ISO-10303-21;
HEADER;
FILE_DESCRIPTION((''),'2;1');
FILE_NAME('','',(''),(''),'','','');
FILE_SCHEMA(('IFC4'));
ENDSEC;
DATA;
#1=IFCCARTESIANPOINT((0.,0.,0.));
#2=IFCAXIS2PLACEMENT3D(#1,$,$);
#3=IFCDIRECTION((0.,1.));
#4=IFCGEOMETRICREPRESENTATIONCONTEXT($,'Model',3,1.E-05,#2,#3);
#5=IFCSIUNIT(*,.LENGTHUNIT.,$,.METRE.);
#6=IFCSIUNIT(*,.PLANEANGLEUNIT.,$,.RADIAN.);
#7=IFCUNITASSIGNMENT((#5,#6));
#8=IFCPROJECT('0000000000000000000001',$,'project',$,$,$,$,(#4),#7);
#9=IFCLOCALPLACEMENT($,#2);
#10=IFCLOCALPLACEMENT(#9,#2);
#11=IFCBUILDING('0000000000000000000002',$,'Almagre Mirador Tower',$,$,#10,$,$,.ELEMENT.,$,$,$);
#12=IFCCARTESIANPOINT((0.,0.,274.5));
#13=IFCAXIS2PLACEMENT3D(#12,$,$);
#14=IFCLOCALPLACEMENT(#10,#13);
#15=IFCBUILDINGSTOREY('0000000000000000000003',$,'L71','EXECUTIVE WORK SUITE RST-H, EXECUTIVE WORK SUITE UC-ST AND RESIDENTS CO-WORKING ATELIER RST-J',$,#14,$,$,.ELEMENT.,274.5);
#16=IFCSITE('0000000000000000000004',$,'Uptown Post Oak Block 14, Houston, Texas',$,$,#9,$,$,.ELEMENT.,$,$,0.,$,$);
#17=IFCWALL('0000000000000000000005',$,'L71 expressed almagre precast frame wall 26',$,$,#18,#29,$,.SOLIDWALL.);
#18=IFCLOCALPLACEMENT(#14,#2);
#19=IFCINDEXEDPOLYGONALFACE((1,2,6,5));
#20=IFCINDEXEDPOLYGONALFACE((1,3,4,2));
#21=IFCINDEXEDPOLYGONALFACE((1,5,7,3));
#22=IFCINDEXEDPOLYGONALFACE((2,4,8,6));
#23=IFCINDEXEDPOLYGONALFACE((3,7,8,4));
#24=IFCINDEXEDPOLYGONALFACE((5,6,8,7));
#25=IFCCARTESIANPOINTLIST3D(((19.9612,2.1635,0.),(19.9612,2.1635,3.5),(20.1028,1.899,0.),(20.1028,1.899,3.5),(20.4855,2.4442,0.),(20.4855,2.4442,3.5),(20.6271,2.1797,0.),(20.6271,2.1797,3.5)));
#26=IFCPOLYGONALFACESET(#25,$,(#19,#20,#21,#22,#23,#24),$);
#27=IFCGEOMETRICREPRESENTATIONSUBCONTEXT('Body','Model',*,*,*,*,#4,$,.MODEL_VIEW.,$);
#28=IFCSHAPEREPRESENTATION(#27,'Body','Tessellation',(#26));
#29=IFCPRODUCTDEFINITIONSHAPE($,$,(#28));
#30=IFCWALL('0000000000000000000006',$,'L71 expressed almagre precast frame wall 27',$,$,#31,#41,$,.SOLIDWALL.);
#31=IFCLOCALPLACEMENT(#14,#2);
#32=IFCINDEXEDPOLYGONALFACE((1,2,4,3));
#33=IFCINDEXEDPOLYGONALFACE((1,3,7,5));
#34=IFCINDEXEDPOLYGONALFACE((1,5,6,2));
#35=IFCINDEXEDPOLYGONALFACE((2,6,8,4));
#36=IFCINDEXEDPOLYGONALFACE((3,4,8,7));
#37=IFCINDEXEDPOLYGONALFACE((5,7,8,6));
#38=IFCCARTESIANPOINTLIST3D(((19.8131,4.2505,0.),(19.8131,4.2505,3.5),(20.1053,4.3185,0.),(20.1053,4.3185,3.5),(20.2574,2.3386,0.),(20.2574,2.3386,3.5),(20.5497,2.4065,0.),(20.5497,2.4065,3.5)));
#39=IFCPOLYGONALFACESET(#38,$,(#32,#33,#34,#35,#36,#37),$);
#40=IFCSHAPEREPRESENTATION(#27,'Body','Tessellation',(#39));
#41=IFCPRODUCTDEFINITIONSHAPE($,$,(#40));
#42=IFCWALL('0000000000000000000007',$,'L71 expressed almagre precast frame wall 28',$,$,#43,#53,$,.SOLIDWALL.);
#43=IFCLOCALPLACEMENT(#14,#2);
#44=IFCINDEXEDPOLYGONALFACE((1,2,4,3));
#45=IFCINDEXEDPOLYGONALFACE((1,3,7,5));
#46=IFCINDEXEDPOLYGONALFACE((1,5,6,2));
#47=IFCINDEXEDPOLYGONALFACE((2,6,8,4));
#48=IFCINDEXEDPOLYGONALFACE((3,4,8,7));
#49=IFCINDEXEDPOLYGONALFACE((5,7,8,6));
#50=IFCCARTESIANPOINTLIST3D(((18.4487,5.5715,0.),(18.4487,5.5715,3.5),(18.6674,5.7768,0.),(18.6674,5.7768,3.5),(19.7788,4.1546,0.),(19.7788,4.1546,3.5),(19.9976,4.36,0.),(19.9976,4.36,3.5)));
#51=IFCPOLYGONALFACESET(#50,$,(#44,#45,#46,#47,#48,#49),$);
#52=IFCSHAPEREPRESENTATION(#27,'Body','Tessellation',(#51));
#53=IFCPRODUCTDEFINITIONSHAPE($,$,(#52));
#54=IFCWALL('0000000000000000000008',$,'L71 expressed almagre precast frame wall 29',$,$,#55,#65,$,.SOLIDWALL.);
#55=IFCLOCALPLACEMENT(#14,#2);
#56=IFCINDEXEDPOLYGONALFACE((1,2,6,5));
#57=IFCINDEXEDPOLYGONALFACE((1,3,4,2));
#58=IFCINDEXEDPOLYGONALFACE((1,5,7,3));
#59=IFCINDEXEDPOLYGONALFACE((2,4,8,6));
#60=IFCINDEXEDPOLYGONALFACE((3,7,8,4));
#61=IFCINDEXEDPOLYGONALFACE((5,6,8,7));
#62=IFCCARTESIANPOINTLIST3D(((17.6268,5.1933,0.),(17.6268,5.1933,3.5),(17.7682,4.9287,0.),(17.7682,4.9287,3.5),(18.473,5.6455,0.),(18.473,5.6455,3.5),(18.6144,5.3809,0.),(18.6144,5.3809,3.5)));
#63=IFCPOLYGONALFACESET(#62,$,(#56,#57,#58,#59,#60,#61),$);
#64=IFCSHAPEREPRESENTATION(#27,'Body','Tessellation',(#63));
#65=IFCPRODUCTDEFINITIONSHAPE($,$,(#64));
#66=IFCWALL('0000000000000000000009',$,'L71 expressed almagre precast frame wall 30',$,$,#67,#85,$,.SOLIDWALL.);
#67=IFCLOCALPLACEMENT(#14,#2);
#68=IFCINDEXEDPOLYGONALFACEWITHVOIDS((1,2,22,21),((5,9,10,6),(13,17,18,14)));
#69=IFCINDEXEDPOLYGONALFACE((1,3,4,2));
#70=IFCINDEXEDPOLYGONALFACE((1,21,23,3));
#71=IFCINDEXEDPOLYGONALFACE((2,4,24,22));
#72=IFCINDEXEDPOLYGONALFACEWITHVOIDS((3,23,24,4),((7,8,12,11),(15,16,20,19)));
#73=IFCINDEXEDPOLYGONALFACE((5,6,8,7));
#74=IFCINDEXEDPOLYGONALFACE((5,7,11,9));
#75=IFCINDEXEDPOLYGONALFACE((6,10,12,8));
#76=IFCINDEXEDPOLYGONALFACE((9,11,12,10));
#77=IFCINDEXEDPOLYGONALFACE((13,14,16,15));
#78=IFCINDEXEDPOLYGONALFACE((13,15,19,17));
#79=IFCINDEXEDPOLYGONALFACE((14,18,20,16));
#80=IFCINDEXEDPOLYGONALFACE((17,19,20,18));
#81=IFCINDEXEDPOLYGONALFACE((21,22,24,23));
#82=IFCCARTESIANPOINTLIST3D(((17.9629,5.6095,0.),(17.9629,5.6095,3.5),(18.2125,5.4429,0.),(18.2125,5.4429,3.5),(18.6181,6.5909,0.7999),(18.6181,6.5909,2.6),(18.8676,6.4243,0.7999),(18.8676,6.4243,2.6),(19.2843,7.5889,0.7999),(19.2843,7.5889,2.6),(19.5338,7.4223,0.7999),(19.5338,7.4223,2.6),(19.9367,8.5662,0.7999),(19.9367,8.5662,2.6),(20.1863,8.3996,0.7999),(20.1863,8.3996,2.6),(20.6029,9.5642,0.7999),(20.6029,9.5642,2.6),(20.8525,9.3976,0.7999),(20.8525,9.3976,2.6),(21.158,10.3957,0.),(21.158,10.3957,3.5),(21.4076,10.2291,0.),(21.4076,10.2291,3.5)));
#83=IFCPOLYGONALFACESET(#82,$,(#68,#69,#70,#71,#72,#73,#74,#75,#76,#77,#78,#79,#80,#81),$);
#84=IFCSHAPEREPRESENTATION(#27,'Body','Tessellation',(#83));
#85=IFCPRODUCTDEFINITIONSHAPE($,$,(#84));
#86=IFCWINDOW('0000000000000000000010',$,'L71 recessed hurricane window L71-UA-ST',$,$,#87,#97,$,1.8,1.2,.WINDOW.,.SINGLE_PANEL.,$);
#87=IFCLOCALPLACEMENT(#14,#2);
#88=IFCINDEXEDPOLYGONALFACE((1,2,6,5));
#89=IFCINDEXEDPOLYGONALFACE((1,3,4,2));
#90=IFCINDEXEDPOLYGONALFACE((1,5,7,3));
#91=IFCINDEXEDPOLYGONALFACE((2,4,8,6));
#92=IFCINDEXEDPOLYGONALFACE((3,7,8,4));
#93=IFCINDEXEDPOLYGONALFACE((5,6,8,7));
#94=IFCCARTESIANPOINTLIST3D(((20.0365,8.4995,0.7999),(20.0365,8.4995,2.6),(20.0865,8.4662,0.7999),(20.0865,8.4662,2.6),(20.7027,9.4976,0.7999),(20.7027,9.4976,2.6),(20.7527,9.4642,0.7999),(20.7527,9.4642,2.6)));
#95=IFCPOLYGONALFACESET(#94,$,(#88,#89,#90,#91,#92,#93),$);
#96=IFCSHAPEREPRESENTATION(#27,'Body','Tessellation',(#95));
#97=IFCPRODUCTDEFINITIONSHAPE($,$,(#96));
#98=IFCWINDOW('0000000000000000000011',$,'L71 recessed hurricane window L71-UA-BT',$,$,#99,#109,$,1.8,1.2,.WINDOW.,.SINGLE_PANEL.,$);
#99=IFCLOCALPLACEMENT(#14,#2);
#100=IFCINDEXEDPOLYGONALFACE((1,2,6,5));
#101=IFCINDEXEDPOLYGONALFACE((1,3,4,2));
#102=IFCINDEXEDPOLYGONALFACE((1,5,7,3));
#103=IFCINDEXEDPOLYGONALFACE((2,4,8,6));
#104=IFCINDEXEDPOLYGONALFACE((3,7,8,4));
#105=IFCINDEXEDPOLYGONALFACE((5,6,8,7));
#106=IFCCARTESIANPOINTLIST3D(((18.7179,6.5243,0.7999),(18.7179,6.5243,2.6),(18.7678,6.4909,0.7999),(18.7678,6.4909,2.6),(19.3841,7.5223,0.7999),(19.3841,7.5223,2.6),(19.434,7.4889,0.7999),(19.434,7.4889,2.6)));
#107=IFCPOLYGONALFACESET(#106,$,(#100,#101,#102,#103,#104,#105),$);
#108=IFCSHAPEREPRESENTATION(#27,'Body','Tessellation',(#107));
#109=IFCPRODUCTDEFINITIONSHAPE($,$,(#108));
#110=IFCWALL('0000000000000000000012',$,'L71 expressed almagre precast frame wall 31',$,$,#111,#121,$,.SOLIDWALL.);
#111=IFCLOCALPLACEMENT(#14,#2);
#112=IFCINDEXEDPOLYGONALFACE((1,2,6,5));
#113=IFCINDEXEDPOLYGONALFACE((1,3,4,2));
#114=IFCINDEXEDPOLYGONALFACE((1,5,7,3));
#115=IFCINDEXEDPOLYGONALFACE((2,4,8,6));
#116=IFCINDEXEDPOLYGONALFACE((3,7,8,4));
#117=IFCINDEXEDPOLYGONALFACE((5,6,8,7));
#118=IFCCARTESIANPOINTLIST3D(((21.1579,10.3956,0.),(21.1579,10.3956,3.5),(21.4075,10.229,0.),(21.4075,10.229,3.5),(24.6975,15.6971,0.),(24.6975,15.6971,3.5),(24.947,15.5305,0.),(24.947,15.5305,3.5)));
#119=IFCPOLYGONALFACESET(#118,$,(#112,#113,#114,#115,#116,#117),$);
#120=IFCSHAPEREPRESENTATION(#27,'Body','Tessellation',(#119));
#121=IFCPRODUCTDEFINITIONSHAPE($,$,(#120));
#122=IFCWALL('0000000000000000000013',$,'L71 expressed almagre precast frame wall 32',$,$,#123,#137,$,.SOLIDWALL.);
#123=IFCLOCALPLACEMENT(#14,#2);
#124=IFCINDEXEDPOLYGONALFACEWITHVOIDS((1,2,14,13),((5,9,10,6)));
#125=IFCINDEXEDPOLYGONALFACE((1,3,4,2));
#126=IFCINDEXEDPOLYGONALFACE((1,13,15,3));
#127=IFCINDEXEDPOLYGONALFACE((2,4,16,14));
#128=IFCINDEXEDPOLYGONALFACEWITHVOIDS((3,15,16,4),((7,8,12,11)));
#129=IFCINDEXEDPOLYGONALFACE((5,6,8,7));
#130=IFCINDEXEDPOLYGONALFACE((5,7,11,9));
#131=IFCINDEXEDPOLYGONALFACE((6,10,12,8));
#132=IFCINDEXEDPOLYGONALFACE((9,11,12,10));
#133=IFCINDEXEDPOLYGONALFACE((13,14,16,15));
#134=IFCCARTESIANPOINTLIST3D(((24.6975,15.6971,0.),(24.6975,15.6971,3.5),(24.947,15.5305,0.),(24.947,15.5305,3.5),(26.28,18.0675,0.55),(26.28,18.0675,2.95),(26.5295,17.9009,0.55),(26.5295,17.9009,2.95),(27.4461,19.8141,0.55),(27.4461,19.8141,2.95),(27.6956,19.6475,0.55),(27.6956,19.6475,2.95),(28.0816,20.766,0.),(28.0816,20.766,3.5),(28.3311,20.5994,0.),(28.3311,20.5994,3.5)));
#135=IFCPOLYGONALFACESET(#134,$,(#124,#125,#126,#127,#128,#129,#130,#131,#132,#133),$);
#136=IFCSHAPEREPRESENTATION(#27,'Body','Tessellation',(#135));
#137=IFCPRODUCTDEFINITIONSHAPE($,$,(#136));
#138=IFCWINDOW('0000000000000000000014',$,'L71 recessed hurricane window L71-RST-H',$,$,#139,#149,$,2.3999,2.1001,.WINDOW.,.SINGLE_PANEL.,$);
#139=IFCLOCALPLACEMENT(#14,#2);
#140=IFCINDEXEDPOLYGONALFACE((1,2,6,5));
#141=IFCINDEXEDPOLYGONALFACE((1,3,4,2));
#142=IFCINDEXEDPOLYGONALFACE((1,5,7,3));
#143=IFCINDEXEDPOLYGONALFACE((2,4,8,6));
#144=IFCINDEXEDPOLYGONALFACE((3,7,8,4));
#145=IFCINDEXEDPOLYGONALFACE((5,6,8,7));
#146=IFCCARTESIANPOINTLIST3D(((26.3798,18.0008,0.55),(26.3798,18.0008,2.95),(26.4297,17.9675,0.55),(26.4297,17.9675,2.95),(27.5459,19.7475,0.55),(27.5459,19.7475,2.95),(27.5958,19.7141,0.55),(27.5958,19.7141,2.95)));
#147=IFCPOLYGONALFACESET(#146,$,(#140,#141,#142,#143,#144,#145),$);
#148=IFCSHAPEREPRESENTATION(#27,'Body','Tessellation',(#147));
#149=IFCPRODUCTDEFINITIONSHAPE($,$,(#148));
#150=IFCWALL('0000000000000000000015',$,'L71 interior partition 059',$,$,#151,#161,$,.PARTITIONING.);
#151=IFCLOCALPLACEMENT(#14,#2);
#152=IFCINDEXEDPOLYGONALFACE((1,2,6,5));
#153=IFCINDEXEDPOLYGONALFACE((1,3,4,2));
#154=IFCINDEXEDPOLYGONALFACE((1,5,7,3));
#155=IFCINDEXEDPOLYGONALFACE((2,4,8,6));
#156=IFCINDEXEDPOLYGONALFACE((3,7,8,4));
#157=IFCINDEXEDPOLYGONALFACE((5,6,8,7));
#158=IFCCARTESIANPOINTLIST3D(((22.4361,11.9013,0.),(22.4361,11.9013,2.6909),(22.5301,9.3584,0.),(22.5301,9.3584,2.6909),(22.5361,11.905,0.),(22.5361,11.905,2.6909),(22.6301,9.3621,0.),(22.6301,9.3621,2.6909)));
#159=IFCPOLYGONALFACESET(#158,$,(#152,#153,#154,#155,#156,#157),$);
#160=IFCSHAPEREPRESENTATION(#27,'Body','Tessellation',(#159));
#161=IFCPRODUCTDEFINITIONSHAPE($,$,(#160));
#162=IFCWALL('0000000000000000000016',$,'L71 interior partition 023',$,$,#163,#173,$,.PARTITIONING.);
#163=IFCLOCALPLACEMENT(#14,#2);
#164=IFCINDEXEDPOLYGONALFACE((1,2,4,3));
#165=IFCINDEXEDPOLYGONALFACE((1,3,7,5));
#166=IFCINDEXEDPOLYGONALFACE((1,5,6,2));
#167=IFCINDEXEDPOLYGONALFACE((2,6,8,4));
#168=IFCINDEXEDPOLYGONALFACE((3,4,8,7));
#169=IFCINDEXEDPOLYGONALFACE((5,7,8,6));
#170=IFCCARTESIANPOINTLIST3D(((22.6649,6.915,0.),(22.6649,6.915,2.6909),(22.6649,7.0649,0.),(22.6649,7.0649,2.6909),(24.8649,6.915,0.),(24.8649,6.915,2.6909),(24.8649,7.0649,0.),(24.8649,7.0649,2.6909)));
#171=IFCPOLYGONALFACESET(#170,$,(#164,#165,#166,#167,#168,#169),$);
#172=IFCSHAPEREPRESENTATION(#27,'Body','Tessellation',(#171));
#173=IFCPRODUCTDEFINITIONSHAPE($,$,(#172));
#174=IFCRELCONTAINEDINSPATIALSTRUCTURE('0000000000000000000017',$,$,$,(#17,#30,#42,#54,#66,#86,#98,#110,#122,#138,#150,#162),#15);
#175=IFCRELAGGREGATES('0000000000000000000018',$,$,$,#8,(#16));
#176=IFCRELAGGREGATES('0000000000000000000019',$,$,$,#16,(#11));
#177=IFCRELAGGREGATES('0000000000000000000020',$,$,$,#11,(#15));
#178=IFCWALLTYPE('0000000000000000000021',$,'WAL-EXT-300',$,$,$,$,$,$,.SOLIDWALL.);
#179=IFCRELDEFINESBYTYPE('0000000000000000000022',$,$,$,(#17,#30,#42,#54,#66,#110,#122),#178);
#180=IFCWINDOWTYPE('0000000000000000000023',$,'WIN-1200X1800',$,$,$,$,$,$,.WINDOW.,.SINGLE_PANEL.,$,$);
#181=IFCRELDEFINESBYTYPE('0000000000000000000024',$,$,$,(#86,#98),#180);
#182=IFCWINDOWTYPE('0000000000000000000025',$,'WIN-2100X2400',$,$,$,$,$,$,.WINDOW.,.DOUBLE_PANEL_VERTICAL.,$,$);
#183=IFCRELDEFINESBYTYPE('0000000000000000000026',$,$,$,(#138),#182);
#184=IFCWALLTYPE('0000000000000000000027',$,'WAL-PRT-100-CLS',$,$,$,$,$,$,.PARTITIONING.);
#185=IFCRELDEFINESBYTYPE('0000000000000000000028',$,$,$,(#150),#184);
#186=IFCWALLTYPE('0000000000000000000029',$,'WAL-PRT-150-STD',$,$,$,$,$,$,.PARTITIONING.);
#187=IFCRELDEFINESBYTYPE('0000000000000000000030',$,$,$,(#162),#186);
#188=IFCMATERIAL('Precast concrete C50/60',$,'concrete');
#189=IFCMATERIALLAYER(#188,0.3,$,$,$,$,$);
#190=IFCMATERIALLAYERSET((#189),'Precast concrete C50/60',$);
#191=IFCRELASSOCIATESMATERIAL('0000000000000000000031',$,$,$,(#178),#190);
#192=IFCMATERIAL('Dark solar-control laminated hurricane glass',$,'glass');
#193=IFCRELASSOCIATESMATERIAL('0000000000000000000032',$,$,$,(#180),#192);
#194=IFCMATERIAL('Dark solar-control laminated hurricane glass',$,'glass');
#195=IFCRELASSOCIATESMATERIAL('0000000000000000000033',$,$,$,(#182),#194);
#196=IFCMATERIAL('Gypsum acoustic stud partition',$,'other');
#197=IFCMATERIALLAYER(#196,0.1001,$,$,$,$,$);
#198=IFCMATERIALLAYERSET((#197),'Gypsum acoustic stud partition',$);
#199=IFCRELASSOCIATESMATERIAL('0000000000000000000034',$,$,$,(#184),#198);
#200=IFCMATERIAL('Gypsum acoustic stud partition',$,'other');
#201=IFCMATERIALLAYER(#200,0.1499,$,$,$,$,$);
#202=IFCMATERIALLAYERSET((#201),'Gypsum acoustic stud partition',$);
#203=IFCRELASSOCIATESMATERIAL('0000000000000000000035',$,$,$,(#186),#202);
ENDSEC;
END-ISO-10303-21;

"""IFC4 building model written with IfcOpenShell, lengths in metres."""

from ifc_helpers import new_model, si_unit, direction, frame, frame_2d, origin, place, context, subcontext, project, spatial, rectangle, extrude, material, layer, layer_set, type_object, element, fill, save


model = new_model("IFC4")

# Units and contexts
model_context = context("Model", 3, precision=1e-05, world=origin(), true_north=direction((0.0, 1.0)))
body_context = subcontext(model_context, "Body", "Model", "MODEL_VIEW")
ifc_project = project(units=[si_unit("LENGTHUNIT", "METRE"), si_unit("PLANEANGLEUNIT", "RADIAN")], contexts=[model_context])

# Site, building, storey
site_placement = place(None, origin())
site = spatial("IfcSite", under=ifc_project, at=site_placement, Name="Uptown Post Oak Block 14, Houston, Texas", CompositionType="ELEMENT", RefElevation=0.0)
building_placement = place(site_placement, origin())
building = spatial("IfcBuilding", under=site, at=building_placement, Name="Almagre Mirador Tower", CompositionType="ELEMENT")
storey_placement = place(building_placement, frame((0.0, 0.0, 274.5)))
storey = spatial("IfcBuildingStorey", under=building, at=storey_placement, Name="L71", Description="EXECUTIVE WORK SUITE RST-H, EXECUTIVE WORK SUITE UC-ST AND RESIDENTS CO-WORKING ATELIER RST-J", CompositionType="ELEMENT", Elevation=274.5)

# Walls
ifc_material_1 = material(Name="Precast concrete C50/60", Category="concrete")
ifc_layer_1 = layer(ifc_material_1, 0.3)
ifc_layer_set_1 = layer_set([ifc_layer_1], Name="Precast concrete C50/60")
wall_type_1 = type_object("IfcWallType", Name="WAL-EXT-300", PredefinedType="SOLIDWALL", material=ifc_layer_set_1)
wall_1_placement = place(storey_placement, frame((20.032, 2.0312, 0.0), z_axis=(0.0, 0.0, 1.0), x_axis=(0.881602, 0.471994, 0.0)))
element("IfcWall", 1, at=wall_1_placement, inside=storey, type_object=wall_type_1, Name="L71 expressed almagre precast frame wall 26", PredefinedType="SOLIDWALL", context=body_context, shape_type="SweptSolid", body=[
    extrude(rectangle(XDim=0.5947, YDim=0.3, at=frame_2d((0.2974, 0.0))), origin(), (0.0, 0.0, 1.0), 3.5),
])
wall_2_placement = place(storey_placement, frame((20.4036, 2.3726, 0.0), z_axis=(0.0, 0.0, 1.0), x_axis=(-0.226376, 0.97404, 0.0)))
element("IfcWall", 2, at=wall_2_placement, inside=storey, type_object=wall_type_1, Name="L71 expressed almagre precast frame wall 27", PredefinedType="SOLIDWALL", context=body_context, shape_type="SweptSolid", body=[
    extrude(rectangle(XDim=1.9629, YDim=0.3, at=frame_2d((0.9814, 0.0))), origin(), (0.0, 0.0, 1.0), 3.5),
])
wall_3_placement = place(storey_placement, frame((19.8882, 4.2573, 0.0), z_axis=(0.0, 0.0, 1.0), x_axis=(-0.684455, 0.729055, 0.0)))
element("IfcWall", 3, at=wall_3_placement, inside=storey, type_object=wall_type_1, Name="L71 expressed almagre precast frame wall 28", PredefinedType="SOLIDWALL", context=body_context, shape_type="SweptSolid", body=[
    extrude(rectangle(XDim=1.9434, YDim=0.3, at=frame_2d((0.9717, 0.0))), origin(), (0.0, 0.0, 1.0), 3.5),
])
wall_4_placement = place(storey_placement, frame((18.5437, 5.5132, 0.0), z_axis=(0.0, 0.0, 1.0), x_axis=(-0.881986, -0.471275, 0.0)))
element("IfcWall", 4, at=wall_4_placement, inside=storey, type_object=wall_type_1, Name="L71 expressed almagre precast frame wall 29", PredefinedType="SOLIDWALL", context=body_context, shape_type="SweptSolid", body=[
    extrude(rectangle(XDim=0.9595, YDim=0.3, at=frame_2d((0.4797, 0.0))), origin(), (0.0, 0.0, 1.0), 3.5),
])

# Wall, openings, windows
wall_5_placement = place(storey_placement, frame((18.0876, 5.5261, 0.0), z_axis=(0.0, 0.0, 1.0), x_axis=(0.555219, 0.831704, 0.0)))
wall_5 = element("IfcWall", 5, at=wall_5_placement, inside=storey, type_object=wall_type_1, Name="L71 expressed almagre precast frame wall 30", PredefinedType="SOLIDWALL", context=body_context, shape_type="SweptSolid", body=[
    extrude(rectangle(XDim=5.7546, YDim=0.3, at=frame_2d((2.8774, 0.0))), origin(), (0.0, 0.0, 1.0), 3.5),
])
opening_1_placement = place(wall_5_placement, frame((3.5549, 0.0, 0.8)))
opening_1 = element("IfcOpeningElement", 6, at=opening_1_placement, cuts=wall_5, PredefinedType="OPENING", context=body_context, shape_type="SweptSolid", body=[
    extrude(rectangle(XDim=1.2, YDim=1.8, at=frame_2d((0.6001, 0.8999))), frame((0.0, 0.1599, 0.0), z_axis=(0.0, -1.0, 0.0), x_axis=(1.0, 0.0, 0.0)), (0.0, 0.0, 1.0), 0.32),
])
opening_2_placement = place(wall_5_placement, frame((1.1799, 0.0, 0.8)))
opening_2 = element("IfcOpeningElement", 7, at=opening_2_placement, cuts=wall_5, PredefinedType="OPENING", context=body_context, shape_type="SweptSolid", body=[
    extrude(rectangle(XDim=1.2, YDim=1.8, at=frame_2d((0.6001, 0.8999))), frame((0.0, 0.1599, 0.0), z_axis=(0.0, -1.0, 0.0), x_axis=(1.0, 0.0, 0.0)), (0.0, 0.0, 1.0), 0.32),
])
ifc_material_2 = material(Name="Dark solar-control laminated hurricane glass", Category="glass")
window_type_1 = type_object("IfcWindowType", Name="WIN-1200X1800", PartitioningType="SINGLE_PANEL", PredefinedType="WINDOW", material=ifc_material_2)
window_1_placement = place(opening_1_placement, origin())
window_1 = element("IfcWindow", 8, at=window_1_placement, inside=storey, type_object=window_type_1, Name="L71 recessed hurricane window L71-UA-ST", OverallHeight=1.8, OverallWidth=1.2, PartitioningType="SINGLE_PANEL", PredefinedType="WINDOW", context=body_context, shape_type="SweptSolid", body=[
    extrude(rectangle(XDim=1.2, YDim=1.8, at=frame_2d((0.6001, 0.8999))), frame((0.0, 0.03, 0.0), z_axis=(0.0, -1.0, 0.0), x_axis=(1.0, 0.0, 0.0)), (0.0, 0.0, 1.0), 0.0601),
])
fill(opening_1, window_1)
window_2_placement = place(opening_2_placement, origin())
window_2 = element("IfcWindow", 9, at=window_2_placement, inside=storey, type_object=window_type_1, Name="L71 recessed hurricane window L71-UA-BT", OverallHeight=1.8, OverallWidth=1.2, PartitioningType="SINGLE_PANEL", PredefinedType="WINDOW", context=body_context, shape_type="SweptSolid", body=[
    extrude(rectangle(XDim=1.2, YDim=1.8, at=frame_2d((0.6001, 0.8999))), frame((0.0, 0.03, 0.0), z_axis=(0.0, -1.0, 0.0), x_axis=(1.0, 0.0, 0.0)), (0.0, 0.0, 1.0), 0.0601),
])
fill(opening_2, window_2)

# Wall
wall_6_placement = place(storey_placement, frame((21.2827, 10.3123, 0.0), z_axis=(0.0, 0.0, 1.0), x_axis=(0.555266, 0.831673, 0.0)))
element("IfcWall", 10, at=wall_6_placement, inside=storey, type_object=wall_type_1, Name="L71 expressed almagre precast frame wall 31", PredefinedType="SOLIDWALL", context=body_context, shape_type="SweptSolid", body=[
    extrude(rectangle(XDim=6.3745, YDim=0.3, at=frame_2d((3.1873, 0.0))), origin(), (0.0, 0.0, 1.0), 3.5),
])

# Wall, opening, window
wall_7_placement = place(storey_placement, frame((24.8223, 15.6138, 0.0), z_axis=(0.0, 0.0, 1.0), x_axis=(0.555245, 0.831687, 0.0)))
wall_7 = element("IfcWall", 11, at=wall_7_placement, inside=storey, type_object=wall_type_1, Name="L71 expressed almagre precast frame wall 32", PredefinedType="SOLIDWALL", context=body_context, shape_type="SweptSolid", body=[
    extrude(rectangle(XDim=6.0947, YDim=0.3, at=frame_2d((3.0474, 0.0))), origin(), (0.0, 0.0, 1.0), 3.5),
])
opening_3_placement = place(wall_7_placement, frame((2.8501, 0.0, 0.55)))
opening_3 = element("IfcOpeningElement", 12, at=opening_3_placement, cuts=wall_7, PredefinedType="OPENING", context=body_context, shape_type="SweptSolid", body=[
    extrude(rectangle(XDim=2.1001, YDim=2.3999, at=frame_2d((1.05, 1.2))), frame((0.0, 0.1599, 0.0), z_axis=(0.0, -1.0, 0.0), x_axis=(1.0, 0.0, 0.0)), (0.0, 0.0, 1.0), 0.32),
])
ifc_material_3 = material(Name="Dark solar-control laminated hurricane glass", Category="glass")
window_type_2 = type_object("IfcWindowType", Name="WIN-2100X2400", PartitioningType="DOUBLE_PANEL_VERTICAL", PredefinedType="WINDOW", material=ifc_material_3)
window_3_placement = place(opening_3_placement, origin())
window_3 = element("IfcWindow", 13, at=window_3_placement, inside=storey, type_object=window_type_2, Name="L71 recessed hurricane window L71-RST-H", OverallHeight=2.3999, OverallWidth=2.1001, PartitioningType="SINGLE_PANEL", PredefinedType="WINDOW", context=body_context, shape_type="SweptSolid", body=[
    extrude(rectangle(XDim=2.1001, YDim=2.3999, at=frame_2d((1.05, 1.2))), frame((0.0, 0.03, 0.0), z_axis=(0.0, -1.0, 0.0), x_axis=(1.0, 0.0, 0.0)), (0.0, 0.0, 1.0), 0.0601),
])
fill(opening_3, window_3)

# Walls
ifc_material_4 = material(Name="Gypsum acoustic stud partition", Category="other")
ifc_layer_2 = layer(ifc_material_4, 0.1001)
ifc_layer_set_2 = layer_set([ifc_layer_2], Name="Gypsum acoustic stud partition")
wall_type_2 = type_object("IfcWallType", Name="WAL-PRT-100-CLS", PredefinedType="PARTITIONING", material=ifc_layer_set_2)
wall_8_placement = place(storey_placement, frame((22.5801, 9.3601, 0.0), z_axis=(0.0, 0.0, 1.0), x_axis=(-0.036937, 0.999318, 0.0)))
element("IfcWall", 14, at=wall_8_placement, inside=storey, type_object=wall_type_2, Name="L71 interior partition 059", PredefinedType="PARTITIONING", context=body_context, shape_type="SweptSolid", body=[
    extrude(rectangle(XDim=2.5447, YDim=0.1001, at=frame_2d((1.2725, 0.0))), origin(), (0.0, 0.0, 1.0), 2.6909),
])
ifc_material_5 = material(Name="Gypsum acoustic stud partition", Category="other")
ifc_layer_3 = layer(ifc_material_5, 0.1499)
ifc_layer_set_3 = layer_set([ifc_layer_3], Name="Gypsum acoustic stud partition")
wall_type_3 = type_object("IfcWallType", Name="WAL-PRT-150-STD", PredefinedType="PARTITIONING", material=ifc_layer_set_3)
wall_9_placement = place(storey_placement, frame((24.865, 6.99, 0.0), z_axis=(0.0, 0.0, 1.0), x_axis=(-1.0, 0.0, 0.0)))
element("IfcWall", 15, at=wall_9_placement, inside=storey, type_object=wall_type_3, Name="L71 interior partition 023", PredefinedType="PARTITIONING", context=body_context, shape_type="SweptSolid", body=[
    extrude(rectangle(XDim=2.2, YDim=0.1499, at=frame_2d((1.1001, 0.0))), origin(), (0.0, 0.0, 1.0), 2.6909),
])

save(model, "model.ifc")
